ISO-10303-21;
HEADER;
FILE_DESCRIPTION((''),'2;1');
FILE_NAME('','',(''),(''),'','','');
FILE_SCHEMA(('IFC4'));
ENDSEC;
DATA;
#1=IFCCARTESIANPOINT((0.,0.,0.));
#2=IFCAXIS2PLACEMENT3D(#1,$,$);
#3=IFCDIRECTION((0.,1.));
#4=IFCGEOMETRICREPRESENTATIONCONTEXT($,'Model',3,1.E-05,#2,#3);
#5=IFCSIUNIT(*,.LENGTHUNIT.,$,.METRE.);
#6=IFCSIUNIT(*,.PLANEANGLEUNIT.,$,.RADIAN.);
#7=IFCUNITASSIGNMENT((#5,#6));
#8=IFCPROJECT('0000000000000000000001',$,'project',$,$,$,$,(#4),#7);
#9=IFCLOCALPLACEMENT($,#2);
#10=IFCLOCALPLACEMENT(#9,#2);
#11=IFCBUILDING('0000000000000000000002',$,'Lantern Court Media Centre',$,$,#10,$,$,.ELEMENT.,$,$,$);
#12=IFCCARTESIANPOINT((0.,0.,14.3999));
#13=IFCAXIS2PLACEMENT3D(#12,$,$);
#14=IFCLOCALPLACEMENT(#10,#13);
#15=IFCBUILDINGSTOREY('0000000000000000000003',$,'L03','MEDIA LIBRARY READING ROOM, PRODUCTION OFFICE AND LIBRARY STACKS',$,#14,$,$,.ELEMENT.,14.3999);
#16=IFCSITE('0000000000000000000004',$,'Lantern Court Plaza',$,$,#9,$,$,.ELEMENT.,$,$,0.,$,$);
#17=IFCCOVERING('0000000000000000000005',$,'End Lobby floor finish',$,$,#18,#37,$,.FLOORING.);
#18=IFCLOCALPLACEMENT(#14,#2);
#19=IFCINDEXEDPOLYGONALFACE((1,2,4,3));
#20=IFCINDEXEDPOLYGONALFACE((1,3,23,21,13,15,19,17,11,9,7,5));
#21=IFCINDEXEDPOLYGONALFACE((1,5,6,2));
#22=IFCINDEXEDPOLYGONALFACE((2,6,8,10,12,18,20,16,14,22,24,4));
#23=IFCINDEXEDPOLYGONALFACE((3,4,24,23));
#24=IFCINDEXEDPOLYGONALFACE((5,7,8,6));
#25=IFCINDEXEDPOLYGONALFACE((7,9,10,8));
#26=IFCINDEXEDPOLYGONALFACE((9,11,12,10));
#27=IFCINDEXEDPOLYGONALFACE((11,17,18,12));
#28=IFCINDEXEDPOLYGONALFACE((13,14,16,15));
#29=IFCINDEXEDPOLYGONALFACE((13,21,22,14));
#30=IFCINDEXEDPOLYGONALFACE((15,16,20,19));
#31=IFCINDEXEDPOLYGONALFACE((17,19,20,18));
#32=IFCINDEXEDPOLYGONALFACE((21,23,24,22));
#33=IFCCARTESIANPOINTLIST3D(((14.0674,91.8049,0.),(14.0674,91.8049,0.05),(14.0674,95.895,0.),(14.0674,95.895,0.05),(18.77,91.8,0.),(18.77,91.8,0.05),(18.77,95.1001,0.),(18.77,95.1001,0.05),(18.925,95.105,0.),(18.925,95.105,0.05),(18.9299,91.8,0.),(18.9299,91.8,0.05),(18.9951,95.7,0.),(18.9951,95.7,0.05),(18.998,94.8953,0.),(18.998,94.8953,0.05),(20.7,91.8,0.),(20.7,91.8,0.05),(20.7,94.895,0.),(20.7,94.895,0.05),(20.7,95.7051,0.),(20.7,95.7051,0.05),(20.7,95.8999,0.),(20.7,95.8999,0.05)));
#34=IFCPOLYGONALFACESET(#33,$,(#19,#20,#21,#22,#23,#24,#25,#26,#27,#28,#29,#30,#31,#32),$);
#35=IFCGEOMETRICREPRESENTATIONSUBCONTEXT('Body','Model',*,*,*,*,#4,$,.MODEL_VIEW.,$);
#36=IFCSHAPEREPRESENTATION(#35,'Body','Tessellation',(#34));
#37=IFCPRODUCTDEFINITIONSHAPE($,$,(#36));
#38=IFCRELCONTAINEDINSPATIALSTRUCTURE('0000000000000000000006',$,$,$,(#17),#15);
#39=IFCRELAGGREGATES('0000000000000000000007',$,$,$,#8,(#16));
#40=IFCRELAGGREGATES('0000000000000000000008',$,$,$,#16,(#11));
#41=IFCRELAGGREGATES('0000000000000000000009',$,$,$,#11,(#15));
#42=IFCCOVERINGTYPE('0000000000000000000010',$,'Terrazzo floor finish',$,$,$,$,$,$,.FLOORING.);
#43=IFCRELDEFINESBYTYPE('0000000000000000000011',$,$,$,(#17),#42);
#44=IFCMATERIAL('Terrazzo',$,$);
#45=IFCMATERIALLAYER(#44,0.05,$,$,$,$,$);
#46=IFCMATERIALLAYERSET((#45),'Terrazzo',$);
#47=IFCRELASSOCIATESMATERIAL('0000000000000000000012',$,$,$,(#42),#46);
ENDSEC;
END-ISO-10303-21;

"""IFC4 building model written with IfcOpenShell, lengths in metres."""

from ifc_helpers import new_model, si_unit, direction, frame, origin, place, context, subcontext, project, spatial, polyline, outline, extrude, material, layer, layer_set, type_object, element, save


model = new_model("IFC4")

# Units and contexts
model_context = context("Model", 3, precision=1e-05, world=origin(), true_north=direction((0.0, 1.0)))
body_context = subcontext(model_context, "Body", "Model", "MODEL_VIEW")
ifc_project = project(units=[si_unit("LENGTHUNIT", "METRE"), si_unit("PLANEANGLEUNIT", "RADIAN")], contexts=[model_context])

# Site, building, storey
site_placement = place(None, origin())
site = spatial("IfcSite", under=ifc_project, at=site_placement, Name="Lantern Court Plaza", CompositionType="ELEMENT", RefElevation=0.0)
building_placement = place(site_placement, origin())
building = spatial("IfcBuilding", under=site, at=building_placement, Name="Lantern Court Media Centre", CompositionType="ELEMENT")
storey_placement = place(building_placement, frame((0.0, 0.0, 14.3999)))
storey = spatial("IfcBuildingStorey", under=building, at=storey_placement, Name="L03", Description="MEDIA LIBRARY READING ROOM, PRODUCTION OFFICE AND LIBRARY STACKS", CompositionType="ELEMENT", Elevation=14.3999)

# Covering
ifc_material_1 = material(Name="Terrazzo")
ifc_layer_1 = layer(ifc_material_1, 0.05)
ifc_layer_set_1 = layer_set([ifc_layer_1], Name="Terrazzo")
covering_type_1 = type_object("IfcCoveringType", Name="Terrazzo floor finish", PredefinedType="FLOORING", material=ifc_layer_set_1)
covering_1_placement = place(storey_placement, origin())
element("IfcCovering", 1, at=covering_1_placement, inside=storey, type_object=covering_type_1, Name="End Lobby floor finish", PredefinedType="FLOORING", context=body_context, shape_type="SweptSolid", body=[
    extrude(outline(polyline([(18.77, 91.8), (14.0674, 91.8049), (14.0674, 95.895), (20.7, 95.8999), (20.7, 95.7051), (18.9951, 95.7), (18.998, 94.8953), (20.7, 94.895), (20.7, 91.8), (18.9299, 91.8), (18.925, 95.105), (18.77, 95.1001), (18.77, 91.8)])), origin(), (0.0, 0.0, 1.0), 0.05),
])

save(model, "model.ifc")
